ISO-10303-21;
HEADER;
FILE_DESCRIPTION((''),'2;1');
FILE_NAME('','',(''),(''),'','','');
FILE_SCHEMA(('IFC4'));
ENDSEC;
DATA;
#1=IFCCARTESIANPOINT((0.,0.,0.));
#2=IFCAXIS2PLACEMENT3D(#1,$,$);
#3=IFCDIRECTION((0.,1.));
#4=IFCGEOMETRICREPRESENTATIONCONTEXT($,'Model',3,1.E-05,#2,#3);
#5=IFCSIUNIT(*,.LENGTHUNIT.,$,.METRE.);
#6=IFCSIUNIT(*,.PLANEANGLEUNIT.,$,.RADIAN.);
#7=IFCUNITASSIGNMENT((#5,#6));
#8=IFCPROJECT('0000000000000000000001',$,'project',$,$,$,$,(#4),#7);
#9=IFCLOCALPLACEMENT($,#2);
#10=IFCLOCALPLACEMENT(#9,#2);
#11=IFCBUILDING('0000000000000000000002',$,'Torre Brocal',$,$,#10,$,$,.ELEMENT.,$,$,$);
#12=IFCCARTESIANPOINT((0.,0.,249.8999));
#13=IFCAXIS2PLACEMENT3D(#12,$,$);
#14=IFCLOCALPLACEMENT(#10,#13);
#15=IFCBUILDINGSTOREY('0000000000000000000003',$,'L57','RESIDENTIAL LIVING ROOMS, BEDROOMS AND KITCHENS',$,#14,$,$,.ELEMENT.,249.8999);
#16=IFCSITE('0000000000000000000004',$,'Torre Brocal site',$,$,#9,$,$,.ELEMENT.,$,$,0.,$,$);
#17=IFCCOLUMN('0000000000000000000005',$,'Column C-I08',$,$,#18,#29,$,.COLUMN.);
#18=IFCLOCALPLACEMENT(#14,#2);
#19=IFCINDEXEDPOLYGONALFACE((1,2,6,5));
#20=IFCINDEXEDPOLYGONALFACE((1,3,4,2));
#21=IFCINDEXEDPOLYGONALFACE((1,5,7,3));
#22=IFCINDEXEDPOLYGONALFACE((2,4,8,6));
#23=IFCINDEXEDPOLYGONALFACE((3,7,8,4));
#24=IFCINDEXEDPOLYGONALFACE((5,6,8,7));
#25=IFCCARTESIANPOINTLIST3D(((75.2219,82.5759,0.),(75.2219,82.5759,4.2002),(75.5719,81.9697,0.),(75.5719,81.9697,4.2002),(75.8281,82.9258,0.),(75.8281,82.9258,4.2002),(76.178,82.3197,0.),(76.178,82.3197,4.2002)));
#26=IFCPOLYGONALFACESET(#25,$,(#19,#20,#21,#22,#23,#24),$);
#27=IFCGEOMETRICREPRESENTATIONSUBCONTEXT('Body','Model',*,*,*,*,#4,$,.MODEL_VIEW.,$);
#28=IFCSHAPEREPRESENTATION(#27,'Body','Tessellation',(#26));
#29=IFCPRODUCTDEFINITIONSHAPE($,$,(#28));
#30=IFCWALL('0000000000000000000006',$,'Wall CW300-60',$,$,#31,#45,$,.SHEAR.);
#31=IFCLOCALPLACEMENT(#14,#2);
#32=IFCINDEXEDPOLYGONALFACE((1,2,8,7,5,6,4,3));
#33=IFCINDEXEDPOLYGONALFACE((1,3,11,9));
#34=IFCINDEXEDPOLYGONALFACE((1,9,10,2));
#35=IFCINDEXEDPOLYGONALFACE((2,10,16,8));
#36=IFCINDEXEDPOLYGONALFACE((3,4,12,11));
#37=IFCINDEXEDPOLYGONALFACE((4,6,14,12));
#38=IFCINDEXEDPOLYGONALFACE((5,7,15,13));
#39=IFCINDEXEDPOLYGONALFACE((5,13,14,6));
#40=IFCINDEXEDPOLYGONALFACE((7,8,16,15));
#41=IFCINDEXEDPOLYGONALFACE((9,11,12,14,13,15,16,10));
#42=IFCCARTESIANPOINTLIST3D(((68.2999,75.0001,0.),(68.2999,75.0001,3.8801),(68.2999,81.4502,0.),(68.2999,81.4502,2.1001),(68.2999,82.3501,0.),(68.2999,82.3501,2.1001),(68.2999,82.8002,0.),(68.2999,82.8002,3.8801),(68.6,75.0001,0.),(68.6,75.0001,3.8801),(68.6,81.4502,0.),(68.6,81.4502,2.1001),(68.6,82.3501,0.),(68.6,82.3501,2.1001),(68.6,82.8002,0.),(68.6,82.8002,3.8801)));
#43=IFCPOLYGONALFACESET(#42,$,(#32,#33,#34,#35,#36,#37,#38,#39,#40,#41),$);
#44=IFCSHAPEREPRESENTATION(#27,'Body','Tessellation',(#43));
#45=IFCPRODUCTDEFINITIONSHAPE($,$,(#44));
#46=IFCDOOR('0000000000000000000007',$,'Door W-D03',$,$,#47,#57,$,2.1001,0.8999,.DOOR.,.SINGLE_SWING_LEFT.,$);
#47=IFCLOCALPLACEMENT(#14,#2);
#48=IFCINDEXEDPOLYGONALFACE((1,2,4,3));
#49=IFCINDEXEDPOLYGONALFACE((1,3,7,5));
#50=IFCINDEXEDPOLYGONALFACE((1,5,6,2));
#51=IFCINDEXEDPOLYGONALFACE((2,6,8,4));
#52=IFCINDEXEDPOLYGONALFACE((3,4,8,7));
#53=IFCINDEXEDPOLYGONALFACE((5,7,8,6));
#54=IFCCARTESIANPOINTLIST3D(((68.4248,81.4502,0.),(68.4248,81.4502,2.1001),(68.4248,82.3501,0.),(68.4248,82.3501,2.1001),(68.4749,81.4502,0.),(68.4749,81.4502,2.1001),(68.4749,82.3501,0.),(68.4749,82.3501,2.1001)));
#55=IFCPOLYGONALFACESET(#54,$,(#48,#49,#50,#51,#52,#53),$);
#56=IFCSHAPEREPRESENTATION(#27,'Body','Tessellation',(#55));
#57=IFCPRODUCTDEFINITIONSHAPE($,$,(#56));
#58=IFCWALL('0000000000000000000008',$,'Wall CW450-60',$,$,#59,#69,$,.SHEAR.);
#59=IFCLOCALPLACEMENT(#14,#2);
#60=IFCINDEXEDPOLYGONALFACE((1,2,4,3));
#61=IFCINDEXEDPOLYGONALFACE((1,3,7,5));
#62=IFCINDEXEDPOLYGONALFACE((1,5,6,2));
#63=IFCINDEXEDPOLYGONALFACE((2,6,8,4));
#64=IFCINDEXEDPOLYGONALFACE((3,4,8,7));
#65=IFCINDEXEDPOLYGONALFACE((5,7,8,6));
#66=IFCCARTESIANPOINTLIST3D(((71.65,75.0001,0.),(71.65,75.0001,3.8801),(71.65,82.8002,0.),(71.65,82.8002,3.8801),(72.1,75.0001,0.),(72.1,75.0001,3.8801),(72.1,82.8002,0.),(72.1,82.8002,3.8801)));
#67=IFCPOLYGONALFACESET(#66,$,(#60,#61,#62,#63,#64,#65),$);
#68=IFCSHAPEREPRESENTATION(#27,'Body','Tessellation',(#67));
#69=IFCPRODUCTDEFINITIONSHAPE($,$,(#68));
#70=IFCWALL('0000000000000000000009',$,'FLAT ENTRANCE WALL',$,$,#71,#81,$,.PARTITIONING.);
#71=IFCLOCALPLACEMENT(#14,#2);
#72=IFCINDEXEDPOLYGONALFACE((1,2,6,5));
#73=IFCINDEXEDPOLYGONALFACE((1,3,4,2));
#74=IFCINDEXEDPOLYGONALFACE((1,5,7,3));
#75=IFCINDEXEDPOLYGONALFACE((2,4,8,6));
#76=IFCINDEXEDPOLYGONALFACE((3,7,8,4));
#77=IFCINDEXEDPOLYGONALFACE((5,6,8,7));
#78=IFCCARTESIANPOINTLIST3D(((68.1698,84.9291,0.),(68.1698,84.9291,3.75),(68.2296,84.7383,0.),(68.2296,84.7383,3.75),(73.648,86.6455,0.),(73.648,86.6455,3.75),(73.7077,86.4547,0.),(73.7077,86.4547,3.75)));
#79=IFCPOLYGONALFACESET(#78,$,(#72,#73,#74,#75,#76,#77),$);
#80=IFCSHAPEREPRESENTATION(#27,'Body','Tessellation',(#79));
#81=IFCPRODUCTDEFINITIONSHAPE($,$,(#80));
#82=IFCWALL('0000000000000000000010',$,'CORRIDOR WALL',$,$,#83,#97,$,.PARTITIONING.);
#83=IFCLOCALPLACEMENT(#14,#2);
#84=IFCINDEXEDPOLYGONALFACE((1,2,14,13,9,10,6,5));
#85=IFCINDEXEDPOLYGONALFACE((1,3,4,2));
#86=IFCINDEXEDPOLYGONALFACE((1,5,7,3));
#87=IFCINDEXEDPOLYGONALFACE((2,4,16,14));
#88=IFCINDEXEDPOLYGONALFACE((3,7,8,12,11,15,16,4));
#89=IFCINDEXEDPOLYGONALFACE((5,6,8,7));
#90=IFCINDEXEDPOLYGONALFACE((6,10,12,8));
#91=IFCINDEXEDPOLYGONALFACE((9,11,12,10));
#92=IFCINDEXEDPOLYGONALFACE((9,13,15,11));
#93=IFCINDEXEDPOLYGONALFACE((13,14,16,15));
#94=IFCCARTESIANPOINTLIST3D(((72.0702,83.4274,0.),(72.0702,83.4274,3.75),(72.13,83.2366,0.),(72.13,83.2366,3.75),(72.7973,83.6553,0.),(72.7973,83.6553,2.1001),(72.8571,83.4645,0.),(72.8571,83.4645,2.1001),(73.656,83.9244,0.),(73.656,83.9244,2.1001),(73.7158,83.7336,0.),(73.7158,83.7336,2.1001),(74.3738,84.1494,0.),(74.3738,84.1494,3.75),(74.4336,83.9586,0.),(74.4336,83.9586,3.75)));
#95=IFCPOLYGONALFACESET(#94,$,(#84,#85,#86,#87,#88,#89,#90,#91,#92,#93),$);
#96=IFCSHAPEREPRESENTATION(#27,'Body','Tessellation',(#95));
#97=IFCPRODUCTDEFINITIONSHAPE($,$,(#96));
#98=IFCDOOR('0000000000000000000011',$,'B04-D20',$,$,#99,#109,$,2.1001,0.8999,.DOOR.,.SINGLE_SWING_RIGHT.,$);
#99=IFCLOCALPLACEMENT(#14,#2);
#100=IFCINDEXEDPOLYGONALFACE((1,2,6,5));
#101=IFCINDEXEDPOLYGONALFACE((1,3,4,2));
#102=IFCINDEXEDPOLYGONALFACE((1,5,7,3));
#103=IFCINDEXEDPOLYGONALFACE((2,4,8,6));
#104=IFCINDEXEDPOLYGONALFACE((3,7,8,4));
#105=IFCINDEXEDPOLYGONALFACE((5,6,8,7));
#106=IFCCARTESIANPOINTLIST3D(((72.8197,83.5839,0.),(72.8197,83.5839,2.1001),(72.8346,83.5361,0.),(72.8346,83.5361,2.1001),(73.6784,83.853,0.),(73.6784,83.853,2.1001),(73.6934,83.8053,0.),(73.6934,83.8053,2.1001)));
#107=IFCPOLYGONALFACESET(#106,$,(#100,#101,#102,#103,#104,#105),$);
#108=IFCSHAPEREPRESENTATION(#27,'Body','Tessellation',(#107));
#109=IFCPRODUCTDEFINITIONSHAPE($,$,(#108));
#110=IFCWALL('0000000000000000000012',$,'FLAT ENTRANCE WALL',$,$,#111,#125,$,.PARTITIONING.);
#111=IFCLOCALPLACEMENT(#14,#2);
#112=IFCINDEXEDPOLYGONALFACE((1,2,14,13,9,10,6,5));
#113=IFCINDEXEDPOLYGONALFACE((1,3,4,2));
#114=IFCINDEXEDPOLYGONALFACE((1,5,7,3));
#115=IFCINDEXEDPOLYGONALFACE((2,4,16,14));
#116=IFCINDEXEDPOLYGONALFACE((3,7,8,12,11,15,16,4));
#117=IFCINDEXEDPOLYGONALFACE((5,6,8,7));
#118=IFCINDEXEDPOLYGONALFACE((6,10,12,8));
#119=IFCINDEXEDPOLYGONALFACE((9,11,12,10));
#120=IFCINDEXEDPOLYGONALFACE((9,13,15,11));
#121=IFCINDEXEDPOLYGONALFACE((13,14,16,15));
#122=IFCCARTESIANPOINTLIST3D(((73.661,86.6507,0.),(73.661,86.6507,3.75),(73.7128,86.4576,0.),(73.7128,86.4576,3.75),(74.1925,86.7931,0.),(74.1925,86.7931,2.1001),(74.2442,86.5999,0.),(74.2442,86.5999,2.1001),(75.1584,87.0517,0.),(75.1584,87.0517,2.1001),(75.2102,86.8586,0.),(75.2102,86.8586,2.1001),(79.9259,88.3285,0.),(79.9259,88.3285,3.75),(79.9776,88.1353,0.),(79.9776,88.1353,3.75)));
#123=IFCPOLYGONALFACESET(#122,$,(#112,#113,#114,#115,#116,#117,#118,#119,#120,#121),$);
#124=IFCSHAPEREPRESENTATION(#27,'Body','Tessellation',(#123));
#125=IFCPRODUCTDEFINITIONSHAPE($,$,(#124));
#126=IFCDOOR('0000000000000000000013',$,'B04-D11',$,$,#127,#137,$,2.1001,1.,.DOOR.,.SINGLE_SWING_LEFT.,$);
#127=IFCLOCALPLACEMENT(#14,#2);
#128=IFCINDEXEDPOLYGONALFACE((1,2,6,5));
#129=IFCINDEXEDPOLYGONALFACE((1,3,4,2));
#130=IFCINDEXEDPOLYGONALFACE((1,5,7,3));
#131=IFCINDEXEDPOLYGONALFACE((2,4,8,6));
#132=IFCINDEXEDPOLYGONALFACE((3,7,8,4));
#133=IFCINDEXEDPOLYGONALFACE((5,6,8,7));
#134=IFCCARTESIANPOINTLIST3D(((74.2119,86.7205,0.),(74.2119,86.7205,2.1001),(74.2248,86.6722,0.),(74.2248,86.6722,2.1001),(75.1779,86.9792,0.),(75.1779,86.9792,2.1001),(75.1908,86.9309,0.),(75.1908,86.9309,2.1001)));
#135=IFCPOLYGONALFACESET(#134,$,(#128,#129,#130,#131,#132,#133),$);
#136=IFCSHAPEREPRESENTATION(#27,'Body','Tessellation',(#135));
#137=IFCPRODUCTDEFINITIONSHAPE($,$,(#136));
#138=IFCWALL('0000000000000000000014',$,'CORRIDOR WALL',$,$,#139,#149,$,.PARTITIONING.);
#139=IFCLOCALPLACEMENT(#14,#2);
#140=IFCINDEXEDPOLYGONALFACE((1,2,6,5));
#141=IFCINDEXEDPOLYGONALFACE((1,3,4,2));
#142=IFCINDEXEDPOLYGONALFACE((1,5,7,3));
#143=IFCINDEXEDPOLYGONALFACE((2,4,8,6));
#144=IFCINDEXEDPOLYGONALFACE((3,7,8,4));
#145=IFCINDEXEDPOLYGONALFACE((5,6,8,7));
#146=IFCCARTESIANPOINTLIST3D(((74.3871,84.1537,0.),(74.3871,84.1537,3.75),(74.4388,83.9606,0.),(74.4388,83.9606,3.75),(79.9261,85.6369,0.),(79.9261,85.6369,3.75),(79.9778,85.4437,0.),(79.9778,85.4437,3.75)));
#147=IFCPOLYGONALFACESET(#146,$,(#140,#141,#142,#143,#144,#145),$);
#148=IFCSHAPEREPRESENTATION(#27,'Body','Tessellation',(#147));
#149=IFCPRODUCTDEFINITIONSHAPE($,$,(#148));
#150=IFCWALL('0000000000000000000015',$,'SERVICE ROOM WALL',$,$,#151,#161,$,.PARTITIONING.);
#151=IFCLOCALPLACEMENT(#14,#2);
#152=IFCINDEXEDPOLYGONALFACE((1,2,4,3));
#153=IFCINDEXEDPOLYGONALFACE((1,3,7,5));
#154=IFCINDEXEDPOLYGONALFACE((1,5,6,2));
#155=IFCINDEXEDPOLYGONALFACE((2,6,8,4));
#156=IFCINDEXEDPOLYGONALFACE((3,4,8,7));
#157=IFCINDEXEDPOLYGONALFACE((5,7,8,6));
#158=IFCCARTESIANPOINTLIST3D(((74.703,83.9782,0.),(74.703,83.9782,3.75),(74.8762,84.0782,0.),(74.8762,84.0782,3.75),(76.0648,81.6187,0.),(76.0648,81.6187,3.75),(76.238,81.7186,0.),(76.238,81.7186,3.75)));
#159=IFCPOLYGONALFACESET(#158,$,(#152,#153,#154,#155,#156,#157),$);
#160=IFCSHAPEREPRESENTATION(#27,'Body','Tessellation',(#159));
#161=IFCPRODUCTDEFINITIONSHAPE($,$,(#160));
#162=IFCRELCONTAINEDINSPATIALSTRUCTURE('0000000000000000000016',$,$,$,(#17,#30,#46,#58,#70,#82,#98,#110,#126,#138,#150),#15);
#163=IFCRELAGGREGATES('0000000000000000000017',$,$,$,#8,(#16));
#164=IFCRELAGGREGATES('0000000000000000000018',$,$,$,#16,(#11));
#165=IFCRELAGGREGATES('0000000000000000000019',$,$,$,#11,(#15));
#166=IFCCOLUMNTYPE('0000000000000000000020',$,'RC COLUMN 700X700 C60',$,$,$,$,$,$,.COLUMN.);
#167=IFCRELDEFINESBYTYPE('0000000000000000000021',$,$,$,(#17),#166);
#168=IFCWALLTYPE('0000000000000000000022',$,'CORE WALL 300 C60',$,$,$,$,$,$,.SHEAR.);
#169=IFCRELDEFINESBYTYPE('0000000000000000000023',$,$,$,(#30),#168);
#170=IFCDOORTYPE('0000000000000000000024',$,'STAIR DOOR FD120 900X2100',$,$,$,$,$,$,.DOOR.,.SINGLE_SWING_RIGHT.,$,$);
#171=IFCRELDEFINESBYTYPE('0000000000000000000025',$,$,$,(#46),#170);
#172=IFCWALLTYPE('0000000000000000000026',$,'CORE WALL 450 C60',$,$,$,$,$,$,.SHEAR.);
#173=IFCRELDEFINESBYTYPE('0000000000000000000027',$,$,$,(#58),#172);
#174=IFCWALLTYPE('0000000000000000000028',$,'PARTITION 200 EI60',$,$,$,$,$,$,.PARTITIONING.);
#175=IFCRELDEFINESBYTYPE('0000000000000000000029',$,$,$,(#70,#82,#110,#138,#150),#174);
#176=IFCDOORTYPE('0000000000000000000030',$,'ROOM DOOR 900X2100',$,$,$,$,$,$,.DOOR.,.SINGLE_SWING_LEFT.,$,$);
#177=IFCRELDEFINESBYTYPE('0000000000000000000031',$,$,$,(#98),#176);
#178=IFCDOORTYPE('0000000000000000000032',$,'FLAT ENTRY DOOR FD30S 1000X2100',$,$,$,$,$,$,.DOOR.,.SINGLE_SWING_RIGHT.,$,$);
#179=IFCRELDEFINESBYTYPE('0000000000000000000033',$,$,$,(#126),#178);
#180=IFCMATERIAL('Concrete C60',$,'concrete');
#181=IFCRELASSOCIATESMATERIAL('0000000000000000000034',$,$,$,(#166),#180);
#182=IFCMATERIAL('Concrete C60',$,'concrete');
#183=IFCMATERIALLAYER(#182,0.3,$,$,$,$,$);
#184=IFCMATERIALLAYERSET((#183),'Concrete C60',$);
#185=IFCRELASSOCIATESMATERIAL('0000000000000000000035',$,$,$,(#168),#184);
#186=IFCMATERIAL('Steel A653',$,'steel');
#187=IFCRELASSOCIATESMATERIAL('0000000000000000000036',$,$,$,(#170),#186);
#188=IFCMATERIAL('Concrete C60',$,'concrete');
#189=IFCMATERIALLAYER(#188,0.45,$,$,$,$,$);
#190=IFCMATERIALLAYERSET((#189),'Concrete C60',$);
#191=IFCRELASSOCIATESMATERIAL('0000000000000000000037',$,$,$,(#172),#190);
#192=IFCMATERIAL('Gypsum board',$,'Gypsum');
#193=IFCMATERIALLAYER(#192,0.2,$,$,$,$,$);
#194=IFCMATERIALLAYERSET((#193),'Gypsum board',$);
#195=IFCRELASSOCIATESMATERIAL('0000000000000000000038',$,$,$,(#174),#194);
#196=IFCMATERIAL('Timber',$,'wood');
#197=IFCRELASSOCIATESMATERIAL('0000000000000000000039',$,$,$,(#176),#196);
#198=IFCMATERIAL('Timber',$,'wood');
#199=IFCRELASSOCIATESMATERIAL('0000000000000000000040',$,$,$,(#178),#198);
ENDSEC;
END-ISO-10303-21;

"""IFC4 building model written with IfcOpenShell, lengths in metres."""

from ifc_helpers import new_model, si_unit, direction, frame, frame_2d, origin, origin_2d, place, context, subcontext, project, spatial, rectangle, extrude, material, layer, layer_set, material_profile, profile_set, type_object, element, fill, save


model = new_model("IFC4")

# Units and contexts
model_context = context("Model", 3, precision=1e-05, world=origin(), true_north=direction((0.0, 1.0)))
body_context = subcontext(model_context, "Body", "Model", "MODEL_VIEW")
ifc_project = project(units=[si_unit("LENGTHUNIT", "METRE"), si_unit("PLANEANGLEUNIT", "RADIAN")], contexts=[model_context])

# Site, building, storey
site_placement = place(None, origin())
site = spatial("IfcSite", under=ifc_project, at=site_placement, Name="Torre Brocal site", CompositionType="ELEMENT", RefElevation=0.0)
building_placement = place(site_placement, origin())
building = spatial("IfcBuilding", under=site, at=building_placement, Name="Torre Brocal", CompositionType="ELEMENT")
storey_placement = place(building_placement, frame((0.0, 0.0, 249.8999)))
storey = spatial("IfcBuildingStorey", under=building, at=storey_placement, Name="L57", Description="RESIDENTIAL LIVING ROOMS, BEDROOMS AND KITCHENS", CompositionType="ELEMENT", Elevation=249.8999)

# Column
ifc_material_1 = material(Name="Concrete C60", Category="concrete")
ifc_material_profile = material_profile(ifc_material_1, rectangle(XDim=0.7, YDim=0.7, at=origin_2d()), Name="RC 700X700")
ifc_profile_set = profile_set([ifc_material_profile], Name="Concrete C60")
column_type = type_object("IfcColumnType", Name="RC COLUMN 700X700 C60", PredefinedType="COLUMN", material=ifc_profile_set)
column_placement = place(storey_placement, frame((75.7, 82.4478, 0.0), z_axis=(0.0, 0.0, 1.0), x_axis=(-0.5, 0.866025, 0.0)))
element("IfcColumn", 1, at=column_placement, inside=storey, type_object=column_type, Name="Column C-I08", PredefinedType="COLUMN", context=body_context, shape_type="SweptSolid", body=[
    extrude(rectangle(XDim=0.7, YDim=0.7, at=origin_2d()), origin(), (0.0, 0.0, 1.0), 4.2002),
])

# Wall, opening, door
ifc_material_2 = material(Name="Concrete C60", Category="concrete")
ifc_layer_1 = layer(ifc_material_2, 0.3)
ifc_layer_set_1 = layer_set([ifc_layer_1], Name="Concrete C60")
wall_type_1 = type_object("IfcWallType", Name="CORE WALL 300 C60", PredefinedType="SHEAR", material=ifc_layer_set_1)
wall_1_placement = place(storey_placement, frame((68.45, 82.8, 0.0), z_axis=(0.0, 0.0, 1.0), x_axis=(0.0, -1.0, 0.0)))
wall_1 = element("IfcWall", 2, at=wall_1_placement, inside=storey, type_object=wall_type_1, Name="Wall CW300-60", PredefinedType="SHEAR", context=body_context, shape_type="SweptSolid", body=[
    extrude(rectangle(XDim=7.8, YDim=0.3, at=frame_2d((3.8999, 0.0))), origin(), (0.0, 0.0, 1.0), 3.8801),
])
opening_1_placement = place(wall_1_placement, frame((0.45, 0.0, 0.0)))
opening_1 = element("IfcOpeningElement", 3, at=opening_1_placement, cuts=wall_1, PredefinedType="OPENING", context=body_context, shape_type="SweptSolid", body=[
    extrude(rectangle(XDim=0.8999, YDim=2.1001, at=frame_2d((0.45, 1.05))), frame((0.0, 0.1599, 0.0), z_axis=(0.0, -1.0, 0.0), x_axis=(1.0, 0.0, 0.0)), (0.0, 0.0, 1.0), 0.3201),
])
ifc_material_3 = material(Name="Steel A653", Category="steel")
door_type_1 = type_object("IfcDoorType", Name="STAIR DOOR FD120 900X2100", OperationType="SINGLE_SWING_RIGHT", PredefinedType="DOOR", material=ifc_material_3)
door_1_placement = place(opening_1_placement, origin())
door_1 = element("IfcDoor", 4, at=door_1_placement, inside=storey, type_object=door_type_1, Name="Door W-D03", OperationType="SINGLE_SWING_LEFT", OverallHeight=2.1001, OverallWidth=0.8999, PredefinedType="DOOR", context=body_context, shape_type="SweptSolid", body=[
    extrude(rectangle(XDim=0.8999, YDim=2.1001, at=frame_2d((0.45, 1.05))), frame((0.0, 0.0249, 0.0), z_axis=(0.0, -1.0, 0.0), x_axis=(1.0, 0.0, 0.0)), (0.0, 0.0, 1.0), 0.05),
])
fill(opening_1, door_1)

# Wall
ifc_material_4 = material(Name="Concrete C60", Category="concrete")
ifc_layer_2 = layer(ifc_material_4, 0.45)
ifc_layer_set_2 = layer_set([ifc_layer_2], Name="Concrete C60")
wall_type_2 = type_object("IfcWallType", Name="CORE WALL 450 C60", PredefinedType="SHEAR", material=ifc_layer_set_2)
wall_2_placement = place(storey_placement, frame((71.875, 82.8, 0.0), z_axis=(0.0, 0.0, 1.0), x_axis=(0.0, -1.0, 0.0)))
element("IfcWall", 5, at=wall_2_placement, inside=storey, type_object=wall_type_2, Name="Wall CW450-60", PredefinedType="SHEAR", context=body_context, shape_type="SweptSolid", body=[
    extrude(rectangle(XDim=7.8, YDim=0.45, at=frame_2d((3.8999, 0.0))), origin(), (0.0, 0.0, 1.0), 3.8801),
])

# Wall
ifc_material_5 = material(Name="Gypsum board", Category="Gypsum")
ifc_layer_3 = layer(ifc_material_5, 0.2)
ifc_layer_set_3 = layer_set([ifc_layer_3], Name="Gypsum board")
wall_type_3 = type_object("IfcWallType", Name="PARTITION 200 EI60", PredefinedType="PARTITIONING", material=ifc_layer_set_3)
wall_3_placement = place(storey_placement, frame((68.1997, 84.8337, 0.0), z_axis=(0.0, 0.0, 1.0), x_axis=(0.95426, 0.298977, 0.0)))
element("IfcWall", 6, at=wall_3_placement, inside=storey, type_object=wall_type_3, Name="FLAT ENTRANCE WALL", PredefinedType="PARTITIONING", context=body_context, shape_type="SweptSolid", body=[
    extrude(rectangle(XDim=5.7407, YDim=0.2, at=frame_2d((2.8704, 0.0))), origin(), (0.0, 0.0, 1.0), 3.75),
])

# Walls, openings, doors
wall_4_placement = place(storey_placement, frame((72.1001, 83.332, 0.0), z_axis=(0.0, 0.0, 1.0), x_axis=(0.954233, 0.299064, 0.0)))
wall_4 = element("IfcWall", 7, at=wall_4_placement, inside=storey, type_object=wall_type_3, Name="CORRIDOR WALL", PredefinedType="PARTITIONING", context=body_context, shape_type="SweptSolid", body=[
    extrude(rectangle(XDim=2.4141, YDim=0.2, at=frame_2d((1.207, 0.0))), origin(), (0.0, 0.0, 1.0), 3.75),
])
opening_2_placement = place(wall_4_placement, frame((0.762, 0.0, 0.0)))
opening_2 = element("IfcOpeningElement", 8, at=opening_2_placement, cuts=wall_4, PredefinedType="OPENING", context=body_context, shape_type="SweptSolid", body=[
    extrude(rectangle(XDim=0.8999, YDim=2.1001, at=frame_2d((0.45, 1.05))), frame((0.0, 0.1099, 0.0), z_axis=(0.0, -1.0, 0.0), x_axis=(1.0, 0.0, 0.0)), (0.0, 0.0, 1.0), 0.22),
])
ifc_material_6 = material(Name="Timber", Category="wood")
door_type_2 = type_object("IfcDoorType", Name="ROOM DOOR 900X2100", OperationType="SINGLE_SWING_LEFT", PredefinedType="DOOR", material=ifc_material_6)
door_2_placement = place(opening_2_placement, frame((0.8999, 0.0, 0.0), z_axis=(0.0, 0.0, 1.0), x_axis=(-1.0, 0.0, 0.0)))
door_2 = element("IfcDoor", 9, at=door_2_placement, inside=storey, type_object=door_type_2, Name="B04-D20", OperationType="SINGLE_SWING_RIGHT", OverallHeight=2.1001, OverallWidth=0.8999, PredefinedType="DOOR", context=body_context, shape_type="SweptSolid", body=[
    extrude(rectangle(XDim=0.8999, YDim=2.1001, at=frame_2d((0.45, 1.05))), frame((0.0, 0.0249, 0.0), z_axis=(0.0, -1.0, 0.0), x_axis=(1.0, 0.0, 0.0)), (0.0, 0.0, 1.0), 0.05),
])
fill(opening_2, door_2)
wall_5_placement = place(storey_placement, frame((73.687, 86.5542, 0.0), z_axis=(0.0, 0.0, 1.0), x_axis=(0.965962, 0.258684, 0.0)))
wall_5 = element("IfcWall", 10, at=wall_5_placement, inside=storey, type_object=wall_type_3, Name="FLAT ENTRANCE WALL", PredefinedType="PARTITIONING", context=body_context, shape_type="SweptSolid", body=[
    extrude(rectangle(XDim=6.4856, YDim=0.2, at=frame_2d((3.2427, 0.0))), origin(), (0.0, 0.0, 1.0), 3.75),
])
opening_3_placement = place(wall_5_placement, frame((0.55, 0.0, 0.0)))
opening_3 = element("IfcOpeningElement", 11, at=opening_3_placement, cuts=wall_5, PredefinedType="OPENING", context=body_context, shape_type="SweptSolid", body=[
    extrude(rectangle(XDim=1.0, YDim=2.1001, at=frame_2d((0.5, 1.05))), frame((0.0, 0.1099, 0.0), z_axis=(0.0, -1.0, 0.0), x_axis=(1.0, 0.0, 0.0)), (0.0, 0.0, 1.0), 0.22),
])
ifc_material_7 = material(Name="Timber", Category="wood")
door_type_3 = type_object("IfcDoorType", Name="FLAT ENTRY DOOR FD30S 1000X2100", OperationType="SINGLE_SWING_RIGHT", PredefinedType="DOOR", material=ifc_material_7)
door_3_placement = place(opening_3_placement, origin())
door_3 = element("IfcDoor", 12, at=door_3_placement, inside=storey, type_object=door_type_3, Name="B04-D11", OperationType="SINGLE_SWING_LEFT", OverallHeight=2.1001, OverallWidth=1.0, PredefinedType="DOOR", context=body_context, shape_type="SweptSolid", body=[
    extrude(rectangle(XDim=1.0, YDim=2.1001, at=frame_2d((0.5, 1.05))), frame((0.0, 0.0249, 0.0), z_axis=(0.0, -1.0, 0.0), x_axis=(1.0, 0.0, 0.0)), (0.0, 0.0, 1.0), 0.05),
])
fill(opening_3, door_3)

# Walls
wall_6_placement = place(storey_placement, frame((74.4128, 84.0571, 0.0), z_axis=(0.0, 0.0, 1.0), x_axis=(0.965971, 0.258651, 0.0)))
element("IfcWall", 13, at=wall_6_placement, inside=storey, type_object=wall_type_3, Name="CORRIDOR WALL", PredefinedType="PARTITIONING", context=body_context, shape_type="SweptSolid", body=[
    extrude(rectangle(XDim=5.7341, YDim=0.2, at=frame_2d((2.8672, 0.0))), origin(), (0.0, 0.0, 1.0), 3.75),
])
wall_7_placement = place(storey_placement, frame((74.7896, 84.0283, 0.0), z_axis=(0.0, 0.0, 1.0), x_axis=(0.49986, -0.866107, 0.0)))
element("IfcWall", 14, at=wall_7_placement, inside=storey, type_object=wall_type_3, Name="SERVICE ROOM WALL", PredefinedType="PARTITIONING", context=body_context, shape_type="SweptSolid", body=[
    extrude(rectangle(XDim=2.7244, YDim=0.2, at=frame_2d((1.3623, 0.0))), origin(), (0.0, 0.0, 1.0), 3.75),
])

save(model, "model.ifc")
